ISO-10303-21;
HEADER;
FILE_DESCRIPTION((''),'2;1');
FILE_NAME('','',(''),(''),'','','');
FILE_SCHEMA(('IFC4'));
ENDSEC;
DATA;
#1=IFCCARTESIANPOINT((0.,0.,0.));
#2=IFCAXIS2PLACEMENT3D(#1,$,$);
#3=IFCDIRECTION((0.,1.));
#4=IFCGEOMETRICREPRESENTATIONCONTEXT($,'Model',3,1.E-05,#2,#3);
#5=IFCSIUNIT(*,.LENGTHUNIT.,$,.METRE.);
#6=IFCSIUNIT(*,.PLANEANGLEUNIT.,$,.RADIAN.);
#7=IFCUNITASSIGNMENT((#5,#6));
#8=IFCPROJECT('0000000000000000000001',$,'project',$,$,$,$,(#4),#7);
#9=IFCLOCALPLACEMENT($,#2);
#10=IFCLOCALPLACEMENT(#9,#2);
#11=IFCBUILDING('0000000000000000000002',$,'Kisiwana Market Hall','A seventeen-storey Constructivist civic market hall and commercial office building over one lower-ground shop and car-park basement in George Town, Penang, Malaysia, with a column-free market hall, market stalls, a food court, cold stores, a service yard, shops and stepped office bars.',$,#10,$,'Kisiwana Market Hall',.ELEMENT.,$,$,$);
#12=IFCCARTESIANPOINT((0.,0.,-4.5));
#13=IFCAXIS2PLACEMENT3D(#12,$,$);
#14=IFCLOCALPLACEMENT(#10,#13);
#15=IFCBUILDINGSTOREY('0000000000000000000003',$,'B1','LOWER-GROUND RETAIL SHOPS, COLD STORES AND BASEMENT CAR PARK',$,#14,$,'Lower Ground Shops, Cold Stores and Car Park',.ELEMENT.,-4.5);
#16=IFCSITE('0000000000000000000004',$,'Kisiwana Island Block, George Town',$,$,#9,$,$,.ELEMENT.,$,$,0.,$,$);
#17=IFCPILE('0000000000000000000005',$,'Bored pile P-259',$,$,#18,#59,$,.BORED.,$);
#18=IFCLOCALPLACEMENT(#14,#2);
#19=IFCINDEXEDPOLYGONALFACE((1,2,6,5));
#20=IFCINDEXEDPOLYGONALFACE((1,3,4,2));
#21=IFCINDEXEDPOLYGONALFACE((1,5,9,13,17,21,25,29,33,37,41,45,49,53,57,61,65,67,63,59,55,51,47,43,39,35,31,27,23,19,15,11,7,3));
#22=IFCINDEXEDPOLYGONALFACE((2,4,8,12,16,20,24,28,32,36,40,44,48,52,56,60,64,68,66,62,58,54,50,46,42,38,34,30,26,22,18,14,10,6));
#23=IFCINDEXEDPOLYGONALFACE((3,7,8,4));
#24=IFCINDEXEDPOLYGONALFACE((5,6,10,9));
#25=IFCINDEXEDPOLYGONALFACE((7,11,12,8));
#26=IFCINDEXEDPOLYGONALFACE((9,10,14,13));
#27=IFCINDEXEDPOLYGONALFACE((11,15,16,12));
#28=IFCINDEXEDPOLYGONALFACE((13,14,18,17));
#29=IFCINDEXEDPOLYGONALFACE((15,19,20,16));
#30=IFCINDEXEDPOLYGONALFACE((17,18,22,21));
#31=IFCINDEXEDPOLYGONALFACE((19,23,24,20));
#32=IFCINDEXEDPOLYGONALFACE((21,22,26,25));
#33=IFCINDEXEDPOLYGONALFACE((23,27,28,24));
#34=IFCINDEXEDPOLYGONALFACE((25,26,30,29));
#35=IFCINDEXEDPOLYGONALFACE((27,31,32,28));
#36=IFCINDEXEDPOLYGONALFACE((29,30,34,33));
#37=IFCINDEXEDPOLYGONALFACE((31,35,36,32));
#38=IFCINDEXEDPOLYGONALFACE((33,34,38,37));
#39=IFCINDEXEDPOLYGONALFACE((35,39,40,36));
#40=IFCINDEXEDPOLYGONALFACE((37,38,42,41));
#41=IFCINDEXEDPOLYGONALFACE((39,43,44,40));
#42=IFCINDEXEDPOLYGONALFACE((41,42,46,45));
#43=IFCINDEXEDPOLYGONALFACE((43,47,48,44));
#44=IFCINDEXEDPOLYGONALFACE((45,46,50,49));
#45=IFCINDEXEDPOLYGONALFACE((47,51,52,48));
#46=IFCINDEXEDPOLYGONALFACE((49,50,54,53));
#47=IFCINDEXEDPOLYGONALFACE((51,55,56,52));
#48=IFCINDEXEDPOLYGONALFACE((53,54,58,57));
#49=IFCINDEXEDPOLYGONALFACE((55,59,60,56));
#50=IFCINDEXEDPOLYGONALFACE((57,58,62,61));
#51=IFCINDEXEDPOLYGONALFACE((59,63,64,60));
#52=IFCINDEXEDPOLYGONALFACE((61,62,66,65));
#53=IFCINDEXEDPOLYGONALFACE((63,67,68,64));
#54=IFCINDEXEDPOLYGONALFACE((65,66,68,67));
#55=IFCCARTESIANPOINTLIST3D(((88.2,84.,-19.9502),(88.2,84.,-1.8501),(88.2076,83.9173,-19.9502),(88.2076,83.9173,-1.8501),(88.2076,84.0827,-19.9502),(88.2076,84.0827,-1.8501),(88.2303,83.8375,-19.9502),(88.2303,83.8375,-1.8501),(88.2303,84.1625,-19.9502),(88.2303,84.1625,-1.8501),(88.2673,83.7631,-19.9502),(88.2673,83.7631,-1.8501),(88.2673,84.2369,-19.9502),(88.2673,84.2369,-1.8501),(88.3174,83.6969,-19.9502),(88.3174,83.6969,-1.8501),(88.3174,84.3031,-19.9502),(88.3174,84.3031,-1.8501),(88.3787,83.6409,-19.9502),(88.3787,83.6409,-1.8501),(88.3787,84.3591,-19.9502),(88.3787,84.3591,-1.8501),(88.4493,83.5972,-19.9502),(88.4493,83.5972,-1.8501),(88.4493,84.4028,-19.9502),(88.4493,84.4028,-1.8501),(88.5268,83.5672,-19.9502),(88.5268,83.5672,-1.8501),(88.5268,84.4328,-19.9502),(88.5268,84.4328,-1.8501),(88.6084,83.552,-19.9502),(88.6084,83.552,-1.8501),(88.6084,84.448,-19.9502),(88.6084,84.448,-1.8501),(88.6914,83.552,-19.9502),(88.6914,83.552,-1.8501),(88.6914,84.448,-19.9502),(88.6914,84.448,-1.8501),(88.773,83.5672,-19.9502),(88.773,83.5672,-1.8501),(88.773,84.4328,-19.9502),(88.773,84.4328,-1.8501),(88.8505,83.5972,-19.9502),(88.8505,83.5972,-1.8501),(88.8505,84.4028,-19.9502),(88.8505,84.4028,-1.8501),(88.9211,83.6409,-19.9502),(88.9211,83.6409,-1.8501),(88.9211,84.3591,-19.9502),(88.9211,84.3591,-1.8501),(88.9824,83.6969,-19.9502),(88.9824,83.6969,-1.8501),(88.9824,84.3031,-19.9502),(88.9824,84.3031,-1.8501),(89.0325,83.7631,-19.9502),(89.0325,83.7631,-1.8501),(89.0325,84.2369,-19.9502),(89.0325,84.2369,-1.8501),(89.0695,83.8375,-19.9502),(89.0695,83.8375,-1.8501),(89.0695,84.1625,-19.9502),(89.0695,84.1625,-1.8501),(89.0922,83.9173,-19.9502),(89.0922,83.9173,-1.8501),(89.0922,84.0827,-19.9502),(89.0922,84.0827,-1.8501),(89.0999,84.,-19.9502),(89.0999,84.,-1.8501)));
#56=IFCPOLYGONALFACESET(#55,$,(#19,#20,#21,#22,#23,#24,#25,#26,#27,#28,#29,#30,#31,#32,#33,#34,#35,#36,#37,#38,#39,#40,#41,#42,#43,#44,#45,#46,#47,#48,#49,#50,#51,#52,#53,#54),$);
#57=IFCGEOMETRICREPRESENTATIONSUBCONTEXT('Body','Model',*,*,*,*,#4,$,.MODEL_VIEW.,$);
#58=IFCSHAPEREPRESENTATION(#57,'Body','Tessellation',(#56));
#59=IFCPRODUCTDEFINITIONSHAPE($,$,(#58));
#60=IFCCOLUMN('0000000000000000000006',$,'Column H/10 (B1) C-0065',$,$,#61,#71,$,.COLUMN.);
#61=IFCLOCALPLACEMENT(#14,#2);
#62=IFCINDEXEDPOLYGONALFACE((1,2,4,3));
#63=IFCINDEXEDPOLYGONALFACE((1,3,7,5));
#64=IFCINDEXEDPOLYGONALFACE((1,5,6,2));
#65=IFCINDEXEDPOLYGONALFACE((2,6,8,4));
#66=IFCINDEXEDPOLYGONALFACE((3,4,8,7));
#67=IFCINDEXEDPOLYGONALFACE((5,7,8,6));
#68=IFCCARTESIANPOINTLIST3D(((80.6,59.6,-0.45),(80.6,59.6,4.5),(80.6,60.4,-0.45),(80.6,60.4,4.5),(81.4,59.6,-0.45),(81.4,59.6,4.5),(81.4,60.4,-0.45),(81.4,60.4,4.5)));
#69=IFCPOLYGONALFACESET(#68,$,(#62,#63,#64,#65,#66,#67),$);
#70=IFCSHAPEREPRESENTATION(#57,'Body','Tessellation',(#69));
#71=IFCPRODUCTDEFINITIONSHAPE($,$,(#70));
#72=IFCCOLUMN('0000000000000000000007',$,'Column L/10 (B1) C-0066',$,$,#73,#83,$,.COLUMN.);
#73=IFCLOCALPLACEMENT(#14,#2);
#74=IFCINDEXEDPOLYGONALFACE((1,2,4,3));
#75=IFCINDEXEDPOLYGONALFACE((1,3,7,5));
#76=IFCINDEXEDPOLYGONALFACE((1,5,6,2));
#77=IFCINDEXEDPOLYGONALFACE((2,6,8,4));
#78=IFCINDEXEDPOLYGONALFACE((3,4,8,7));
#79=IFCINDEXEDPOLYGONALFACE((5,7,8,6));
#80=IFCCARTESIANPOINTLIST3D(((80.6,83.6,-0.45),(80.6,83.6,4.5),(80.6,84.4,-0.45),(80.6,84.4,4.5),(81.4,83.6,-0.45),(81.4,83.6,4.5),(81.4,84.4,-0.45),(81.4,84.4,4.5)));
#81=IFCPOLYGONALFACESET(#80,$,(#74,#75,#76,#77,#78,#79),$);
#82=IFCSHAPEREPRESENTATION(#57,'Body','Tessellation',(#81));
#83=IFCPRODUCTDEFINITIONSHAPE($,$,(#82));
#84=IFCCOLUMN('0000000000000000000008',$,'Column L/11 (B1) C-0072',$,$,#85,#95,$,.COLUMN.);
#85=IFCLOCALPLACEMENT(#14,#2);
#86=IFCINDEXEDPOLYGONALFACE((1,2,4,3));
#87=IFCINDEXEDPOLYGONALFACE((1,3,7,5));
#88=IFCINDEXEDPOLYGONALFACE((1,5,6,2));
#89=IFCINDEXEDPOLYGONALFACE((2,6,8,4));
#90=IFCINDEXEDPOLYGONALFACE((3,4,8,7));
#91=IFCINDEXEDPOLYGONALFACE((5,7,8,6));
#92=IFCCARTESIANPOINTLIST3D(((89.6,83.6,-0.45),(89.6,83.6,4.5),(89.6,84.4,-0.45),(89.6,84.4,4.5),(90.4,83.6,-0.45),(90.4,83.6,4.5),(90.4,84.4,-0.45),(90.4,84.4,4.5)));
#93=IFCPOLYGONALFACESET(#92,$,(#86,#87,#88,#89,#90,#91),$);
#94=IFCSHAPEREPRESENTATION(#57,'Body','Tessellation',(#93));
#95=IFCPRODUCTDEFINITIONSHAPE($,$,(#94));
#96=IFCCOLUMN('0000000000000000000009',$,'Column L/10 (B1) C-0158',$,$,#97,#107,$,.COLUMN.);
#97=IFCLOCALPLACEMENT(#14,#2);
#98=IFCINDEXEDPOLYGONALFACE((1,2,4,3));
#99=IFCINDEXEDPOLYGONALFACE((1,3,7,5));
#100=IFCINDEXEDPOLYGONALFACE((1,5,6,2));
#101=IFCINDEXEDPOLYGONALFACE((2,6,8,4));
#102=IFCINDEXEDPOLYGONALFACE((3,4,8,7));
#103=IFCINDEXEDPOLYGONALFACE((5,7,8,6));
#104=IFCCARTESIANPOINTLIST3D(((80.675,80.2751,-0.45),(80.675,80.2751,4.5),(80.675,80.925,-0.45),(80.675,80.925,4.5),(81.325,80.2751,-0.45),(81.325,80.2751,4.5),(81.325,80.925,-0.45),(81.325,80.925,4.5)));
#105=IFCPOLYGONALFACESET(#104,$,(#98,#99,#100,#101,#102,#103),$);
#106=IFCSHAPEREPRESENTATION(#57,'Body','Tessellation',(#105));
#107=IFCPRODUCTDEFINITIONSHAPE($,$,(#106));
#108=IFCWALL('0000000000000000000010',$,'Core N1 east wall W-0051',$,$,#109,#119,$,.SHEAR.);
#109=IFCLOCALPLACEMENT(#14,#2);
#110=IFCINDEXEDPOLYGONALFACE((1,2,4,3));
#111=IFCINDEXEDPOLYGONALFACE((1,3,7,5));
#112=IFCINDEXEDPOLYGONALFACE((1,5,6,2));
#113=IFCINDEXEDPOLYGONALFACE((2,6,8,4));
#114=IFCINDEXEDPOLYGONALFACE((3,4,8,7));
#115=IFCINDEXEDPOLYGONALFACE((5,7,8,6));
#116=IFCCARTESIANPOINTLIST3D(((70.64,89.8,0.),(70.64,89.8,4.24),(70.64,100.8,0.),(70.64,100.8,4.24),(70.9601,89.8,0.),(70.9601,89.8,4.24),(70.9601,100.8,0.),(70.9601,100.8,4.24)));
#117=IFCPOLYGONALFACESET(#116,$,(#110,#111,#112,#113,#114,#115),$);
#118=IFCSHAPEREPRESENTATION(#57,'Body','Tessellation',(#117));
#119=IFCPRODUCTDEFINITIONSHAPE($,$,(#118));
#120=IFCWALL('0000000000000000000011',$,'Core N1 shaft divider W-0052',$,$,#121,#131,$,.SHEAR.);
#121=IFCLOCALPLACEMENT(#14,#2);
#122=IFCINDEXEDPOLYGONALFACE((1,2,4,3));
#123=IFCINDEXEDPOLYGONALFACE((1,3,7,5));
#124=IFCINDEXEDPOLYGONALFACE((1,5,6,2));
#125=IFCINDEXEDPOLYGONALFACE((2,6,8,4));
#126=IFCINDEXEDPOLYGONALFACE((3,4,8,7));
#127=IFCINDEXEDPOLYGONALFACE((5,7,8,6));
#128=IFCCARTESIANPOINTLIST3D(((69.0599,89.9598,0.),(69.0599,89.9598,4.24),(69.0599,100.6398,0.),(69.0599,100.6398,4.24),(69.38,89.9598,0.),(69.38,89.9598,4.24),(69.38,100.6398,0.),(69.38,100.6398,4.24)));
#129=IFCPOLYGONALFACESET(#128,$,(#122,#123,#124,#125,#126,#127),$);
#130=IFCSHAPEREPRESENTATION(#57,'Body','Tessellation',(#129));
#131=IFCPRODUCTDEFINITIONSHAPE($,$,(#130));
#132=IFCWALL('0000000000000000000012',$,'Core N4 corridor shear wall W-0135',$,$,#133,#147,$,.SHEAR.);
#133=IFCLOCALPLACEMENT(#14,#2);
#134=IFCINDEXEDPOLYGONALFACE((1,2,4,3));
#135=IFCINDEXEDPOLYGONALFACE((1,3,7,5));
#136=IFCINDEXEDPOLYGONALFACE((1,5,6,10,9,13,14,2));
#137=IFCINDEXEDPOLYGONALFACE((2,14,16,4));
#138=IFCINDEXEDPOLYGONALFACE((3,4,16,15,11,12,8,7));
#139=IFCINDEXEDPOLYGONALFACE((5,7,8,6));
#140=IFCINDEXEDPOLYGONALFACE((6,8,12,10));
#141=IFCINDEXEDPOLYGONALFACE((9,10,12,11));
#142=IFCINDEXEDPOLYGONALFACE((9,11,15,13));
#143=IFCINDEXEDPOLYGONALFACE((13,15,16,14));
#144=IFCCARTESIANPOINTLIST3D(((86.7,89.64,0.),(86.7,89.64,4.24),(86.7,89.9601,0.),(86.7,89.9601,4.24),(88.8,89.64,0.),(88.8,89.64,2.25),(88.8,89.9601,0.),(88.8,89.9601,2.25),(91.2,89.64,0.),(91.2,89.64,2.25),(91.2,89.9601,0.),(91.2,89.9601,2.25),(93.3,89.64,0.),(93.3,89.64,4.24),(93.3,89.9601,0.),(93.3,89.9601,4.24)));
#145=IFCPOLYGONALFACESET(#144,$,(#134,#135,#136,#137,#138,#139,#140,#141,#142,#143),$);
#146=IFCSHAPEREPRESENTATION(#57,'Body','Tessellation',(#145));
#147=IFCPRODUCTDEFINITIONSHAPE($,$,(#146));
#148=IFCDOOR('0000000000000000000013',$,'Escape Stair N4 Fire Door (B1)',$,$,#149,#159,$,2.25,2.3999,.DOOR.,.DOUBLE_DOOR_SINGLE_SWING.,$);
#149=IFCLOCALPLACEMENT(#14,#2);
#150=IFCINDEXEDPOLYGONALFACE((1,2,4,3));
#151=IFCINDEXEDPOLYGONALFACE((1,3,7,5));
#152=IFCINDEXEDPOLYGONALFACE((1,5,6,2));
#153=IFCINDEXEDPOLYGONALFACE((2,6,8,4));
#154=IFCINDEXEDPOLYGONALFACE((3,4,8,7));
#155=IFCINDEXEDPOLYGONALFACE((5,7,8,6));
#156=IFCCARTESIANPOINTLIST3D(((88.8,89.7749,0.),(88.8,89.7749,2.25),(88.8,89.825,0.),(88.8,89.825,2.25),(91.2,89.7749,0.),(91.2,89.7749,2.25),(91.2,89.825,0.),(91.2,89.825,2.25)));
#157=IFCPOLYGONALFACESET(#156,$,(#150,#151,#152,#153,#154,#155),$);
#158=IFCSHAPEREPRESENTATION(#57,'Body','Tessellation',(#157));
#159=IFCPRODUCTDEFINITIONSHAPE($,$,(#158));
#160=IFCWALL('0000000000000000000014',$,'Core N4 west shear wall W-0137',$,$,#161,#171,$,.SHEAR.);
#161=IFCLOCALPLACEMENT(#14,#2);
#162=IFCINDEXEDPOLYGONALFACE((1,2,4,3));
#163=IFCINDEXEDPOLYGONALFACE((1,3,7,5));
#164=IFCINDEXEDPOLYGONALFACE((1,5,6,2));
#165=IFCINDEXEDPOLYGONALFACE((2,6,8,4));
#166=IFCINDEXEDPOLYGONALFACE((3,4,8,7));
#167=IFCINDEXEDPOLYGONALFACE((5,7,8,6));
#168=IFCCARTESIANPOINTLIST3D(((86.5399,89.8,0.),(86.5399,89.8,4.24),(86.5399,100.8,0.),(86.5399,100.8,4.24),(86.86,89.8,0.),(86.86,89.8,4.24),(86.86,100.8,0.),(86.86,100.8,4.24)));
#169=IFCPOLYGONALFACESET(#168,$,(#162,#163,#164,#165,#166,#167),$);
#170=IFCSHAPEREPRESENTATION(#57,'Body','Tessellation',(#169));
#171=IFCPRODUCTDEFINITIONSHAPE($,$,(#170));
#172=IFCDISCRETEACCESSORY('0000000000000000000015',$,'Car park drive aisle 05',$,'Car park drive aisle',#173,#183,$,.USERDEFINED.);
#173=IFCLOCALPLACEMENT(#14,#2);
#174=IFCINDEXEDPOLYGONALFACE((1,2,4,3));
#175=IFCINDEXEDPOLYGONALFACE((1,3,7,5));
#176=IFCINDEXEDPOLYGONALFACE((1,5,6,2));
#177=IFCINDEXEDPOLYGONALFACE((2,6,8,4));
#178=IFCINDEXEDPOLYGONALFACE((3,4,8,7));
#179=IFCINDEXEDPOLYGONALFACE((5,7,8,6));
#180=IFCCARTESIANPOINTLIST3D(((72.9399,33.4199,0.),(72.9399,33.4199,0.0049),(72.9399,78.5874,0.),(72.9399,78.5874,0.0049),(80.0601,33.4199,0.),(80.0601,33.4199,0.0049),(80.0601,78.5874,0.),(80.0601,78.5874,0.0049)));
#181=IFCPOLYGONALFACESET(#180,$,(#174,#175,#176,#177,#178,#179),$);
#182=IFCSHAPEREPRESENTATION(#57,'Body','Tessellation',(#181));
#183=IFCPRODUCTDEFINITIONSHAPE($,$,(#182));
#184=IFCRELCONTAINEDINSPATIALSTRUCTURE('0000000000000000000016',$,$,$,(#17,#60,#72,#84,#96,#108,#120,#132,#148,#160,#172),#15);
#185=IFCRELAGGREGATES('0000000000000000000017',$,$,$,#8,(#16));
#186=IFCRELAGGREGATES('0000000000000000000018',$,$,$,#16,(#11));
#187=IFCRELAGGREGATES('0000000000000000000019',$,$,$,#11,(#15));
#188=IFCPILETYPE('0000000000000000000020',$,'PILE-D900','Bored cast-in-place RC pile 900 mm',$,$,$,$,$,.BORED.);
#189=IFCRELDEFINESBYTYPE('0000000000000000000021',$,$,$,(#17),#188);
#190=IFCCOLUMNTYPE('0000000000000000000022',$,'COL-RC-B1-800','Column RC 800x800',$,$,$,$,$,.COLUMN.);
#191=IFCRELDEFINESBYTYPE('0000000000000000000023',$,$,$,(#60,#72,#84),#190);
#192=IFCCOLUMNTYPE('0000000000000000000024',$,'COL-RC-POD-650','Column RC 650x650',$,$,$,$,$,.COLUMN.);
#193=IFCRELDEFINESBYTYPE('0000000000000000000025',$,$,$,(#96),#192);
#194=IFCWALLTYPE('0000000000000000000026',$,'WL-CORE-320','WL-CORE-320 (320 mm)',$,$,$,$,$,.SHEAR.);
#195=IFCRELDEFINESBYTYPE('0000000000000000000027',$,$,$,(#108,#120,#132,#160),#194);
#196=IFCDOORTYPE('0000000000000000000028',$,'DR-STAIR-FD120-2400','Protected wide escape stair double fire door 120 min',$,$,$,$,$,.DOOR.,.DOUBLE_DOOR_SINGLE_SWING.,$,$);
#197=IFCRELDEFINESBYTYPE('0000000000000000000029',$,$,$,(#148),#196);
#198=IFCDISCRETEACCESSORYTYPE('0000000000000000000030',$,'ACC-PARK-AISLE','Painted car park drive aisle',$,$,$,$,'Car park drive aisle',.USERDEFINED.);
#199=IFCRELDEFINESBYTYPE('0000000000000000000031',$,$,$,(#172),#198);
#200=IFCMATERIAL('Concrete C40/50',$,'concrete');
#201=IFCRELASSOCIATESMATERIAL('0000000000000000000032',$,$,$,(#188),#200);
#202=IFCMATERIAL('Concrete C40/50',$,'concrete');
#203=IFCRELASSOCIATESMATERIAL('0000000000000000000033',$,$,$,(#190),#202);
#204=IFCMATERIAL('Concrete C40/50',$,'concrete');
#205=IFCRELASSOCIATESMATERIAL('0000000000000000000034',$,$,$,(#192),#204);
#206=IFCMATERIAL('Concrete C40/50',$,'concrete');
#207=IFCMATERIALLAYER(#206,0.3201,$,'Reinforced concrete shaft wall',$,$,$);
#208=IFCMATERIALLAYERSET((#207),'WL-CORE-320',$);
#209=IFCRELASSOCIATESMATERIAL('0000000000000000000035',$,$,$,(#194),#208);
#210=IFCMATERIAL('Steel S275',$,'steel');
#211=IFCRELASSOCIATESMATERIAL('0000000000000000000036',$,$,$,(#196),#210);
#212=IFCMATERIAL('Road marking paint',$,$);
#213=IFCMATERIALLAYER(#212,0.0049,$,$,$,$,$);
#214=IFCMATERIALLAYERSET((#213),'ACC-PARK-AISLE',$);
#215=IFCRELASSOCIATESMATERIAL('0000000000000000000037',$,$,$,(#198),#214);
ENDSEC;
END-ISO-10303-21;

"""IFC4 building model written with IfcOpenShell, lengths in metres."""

from ifc_helpers import new_model, si_unit, direction, frame, frame_2d, origin, origin_2d, place, context, subcontext, project, spatial, rectangle, circle, extrude, material, layer, layer_set, material_profile, profile_set, type_object, element, fill, save


model = new_model("IFC4")

# Units and contexts
model_context = context("Model", 3, precision=1e-05, world=origin(), true_north=direction((0.0, 1.0)))
body_context = subcontext(model_context, "Body", "Model", "MODEL_VIEW")
ifc_project = project(units=[si_unit("LENGTHUNIT", "METRE"), si_unit("PLANEANGLEUNIT", "RADIAN")], contexts=[model_context])

# Site, building, storey
site_placement = place(None, origin())
site = spatial("IfcSite", under=ifc_project, at=site_placement, Name="Kisiwana Island Block, George Town", CompositionType="ELEMENT", RefElevation=0.0)
building_placement = place(site_placement, origin())
building = spatial("IfcBuilding", under=site, at=building_placement, Name="Kisiwana Market Hall", Description="A seventeen-storey Constructivist civic market hall and commercial office building over one lower-ground shop and car-park basement in George Town, Penang, Malaysia, with a column-free market hall, market stalls, a food court, cold stores, a service yard, shops and stepped office bars.", LongName="Kisiwana Market Hall", CompositionType="ELEMENT")
storey_placement = place(building_placement, frame((0.0, 0.0, -4.5)))
storey = spatial("IfcBuildingStorey", under=building, at=storey_placement, Name="B1", Description="LOWER-GROUND RETAIL SHOPS, COLD STORES AND BASEMENT CAR PARK", LongName="Lower Ground Shops, Cold Stores and Car Park", CompositionType="ELEMENT", Elevation=-4.5)

# Pile
ifc_material_1 = material(Name="Concrete C40/50", Category="concrete")
ifc_material_profile_1 = material_profile(ifc_material_1, circle(Radius=0.45, at=origin_2d()), Name="BP D900")
ifc_profile_set_1 = profile_set([ifc_material_profile_1], Name="Concrete C40/50")
pile_type_1 = type_object("IfcPileType", Name="PILE-D900", Description="Bored cast-in-place RC pile 900 mm", PredefinedType="BORED", material=ifc_profile_set_1)
for number, where, z_axis, x_axis, name in (
    (1, (88.6499, 84.0, -1.8501), (0.0, 0.0, -1.0), (1.0, 0.0, 0.0), "Bored pile P-259"),
):
    element("IfcPile", number, at=place(storey_placement, frame(where, z_axis=z_axis, x_axis=x_axis)), inside=storey, type_object=pile_type_1, Name=name, PredefinedType="BORED", context=body_context, shape_type="SweptSolid", body=[
        extrude(circle(Radius=0.45, at=origin_2d()), origin(), (0.0, 0.0, 1.0), 18.1001),
    ])

# Columns
ifc_material_2 = material(Name="Concrete C40/50", Category="concrete")
ifc_material_profile_2 = material_profile(ifc_material_2, rectangle(XDim=0.8, YDim=0.8, at=origin_2d()), Name="RC 800x800")
ifc_profile_set_2 = profile_set([ifc_material_profile_2], Name="Concrete C40/50")
column_type_1 = type_object("IfcColumnType", Name="COL-RC-B1-800", Description="Column RC 800x800", PredefinedType="COLUMN", material=ifc_profile_set_2)
for number, where, z_axis, x_axis, name in (
    (2, (81.0, 60.0, -0.45), (0.0, 0.0, 1.0), (1.0, 0.0, 0.0), "Column H/10 (B1) C-0065"),
    (3, (81.0, 84.0, -0.45), (0.0, 0.0, 1.0), (1.0, 0.0, 0.0), "Column L/10 (B1) C-0066"),
    (4, (90.0, 84.0, -0.45), (0.0, 0.0, 1.0), (1.0, 0.0, 0.0), "Column L/11 (B1) C-0072"),
):
    element("IfcColumn", number, at=place(storey_placement, frame(where, z_axis=z_axis, x_axis=x_axis)), inside=storey, type_object=column_type_1, Name=name, PredefinedType="COLUMN", context=body_context, shape_type="SweptSolid", body=[
        extrude(rectangle(XDim=0.8, YDim=0.8, at=origin_2d()), origin(), (0.0, 0.0, 1.0), 4.95),
    ])
ifc_material_3 = material(Name="Concrete C40/50", Category="concrete")
ifc_material_profile_3 = material_profile(ifc_material_3, rectangle(XDim=0.6499, YDim=0.6499, at=origin_2d()), Name="RC 650x650")
ifc_profile_set_3 = profile_set([ifc_material_profile_3], Name="Concrete C40/50")
column_type_2 = type_object("IfcColumnType", Name="COL-RC-POD-650", Description="Column RC 650x650", PredefinedType="COLUMN", material=ifc_profile_set_3)
column_placement = place(storey_placement, frame((81.0, 80.6001, -0.45), z_axis=(0.0, 0.0, 1.0), x_axis=(1.0, 0.0, 0.0)))
element("IfcColumn", 5, at=column_placement, inside=storey, type_object=column_type_2, Name="Column L/10 (B1) C-0158", PredefinedType="COLUMN", context=body_context, shape_type="SweptSolid", body=[
    extrude(rectangle(XDim=0.6499, YDim=0.6499, at=origin_2d()), origin(), (0.0, 0.0, 1.0), 4.95),
])

# Walls
ifc_material_4 = material(Name="Concrete C40/50", Category="concrete")
ifc_layer_1 = layer(ifc_material_4, 0.3201, Name="Reinforced concrete shaft wall")
ifc_layer_set_1 = layer_set([ifc_layer_1], Name="WL-CORE-320")
wall_type = type_object("IfcWallType", Name="WL-CORE-320", Description="WL-CORE-320 (320 mm)", PredefinedType="SHEAR", material=ifc_layer_set_1)
wall_1_placement = place(storey_placement, frame((70.8, 89.8, 0.0), z_axis=(0.0, 0.0, 1.0), x_axis=(0.0, 1.0, 0.0)))
element("IfcWall", 6, at=wall_1_placement, inside=storey, type_object=wall_type, Name="Core N1 east wall W-0051", PredefinedType="SHEAR", context=body_context, shape_type="SweptSolid", body=[
    extrude(rectangle(XDim=11.0, YDim=0.3201, at=frame_2d((5.5, 0.0))), origin(), (0.0, 0.0, 1.0), 4.24),
])
wall_2_placement = place(storey_placement, frame((69.22, 89.96, 0.0), z_axis=(0.0, 0.0, 1.0), x_axis=(0.0, 1.0, 0.0)))
element("IfcWall", 7, at=wall_2_placement, inside=storey, type_object=wall_type, Name="Core N1 shaft divider W-0052", PredefinedType="SHEAR", context=body_context, shape_type="SweptSolid", body=[
    extrude(rectangle(XDim=10.6799, YDim=0.3201, at=frame_2d((5.3398, 0.0))), origin(), (0.0, 0.0, 1.0), 4.24),
])

# Wall, opening, door
wall_3_placement = place(storey_placement, frame((86.7, 89.8, 0.0), z_axis=(0.0, 0.0, 1.0), x_axis=(1.0, 0.0, 0.0)))
wall_3 = element("IfcWall", 8, at=wall_3_placement, inside=storey, type_object=wall_type, Name="Core N4 corridor shear wall W-0135", PredefinedType="SHEAR", context=body_context, shape_type="SweptSolid", body=[
    extrude(rectangle(XDim=6.6001, YDim=0.3201, at=frame_2d((3.3, 0.0))), origin(), (0.0, 0.0, 1.0), 4.24),
])
opening_placement = place(wall_3_placement, frame((2.1001, 0.0, 0.0)))
opening = element("IfcOpeningElement", 9, at=opening_placement, cuts=wall_3, PredefinedType="OPENING", context=body_context, shape_type="SweptSolid", body=[
    extrude(rectangle(XDim=2.3999, YDim=2.25, at=frame_2d((1.2, 1.125))), frame((0.0, 0.1719, 0.0), z_axis=(0.0, -1.0, 0.0), x_axis=(1.0, 0.0, 0.0)), (0.0, 0.0, 1.0), 0.344),
])
ifc_material_5 = material(Name="Steel S275", Category="steel")
door_type = type_object("IfcDoorType", Name="DR-STAIR-FD120-2400", Description="Protected wide escape stair double fire door 120 min", OperationType="DOUBLE_DOOR_SINGLE_SWING", PredefinedType="DOOR", material=ifc_material_5)
door_placement = place(opening_placement, origin())
door = element("IfcDoor", 10, at=door_placement, inside=storey, type_object=door_type, Name="Escape Stair N4 Fire Door (B1)", OperationType="DOUBLE_DOOR_SINGLE_SWING", OverallHeight=2.25, OverallWidth=2.3999, PredefinedType="DOOR", context=body_context, shape_type="SweptSolid", body=[
    extrude(rectangle(XDim=2.3999, YDim=2.25, at=frame_2d((1.2, 1.125))), frame((0.0, 0.0249, 0.0), z_axis=(0.0, -1.0, 0.0), x_axis=(1.0, 0.0, 0.0)), (0.0, 0.0, 1.0), 0.05),
])
fill(opening, door)

# Wall
wall_4_placement = place(storey_placement, frame((86.7, 89.8, 0.0), z_axis=(0.0, 0.0, 1.0), x_axis=(0.0, 1.0, 0.0)))
element("IfcWall", 11, at=wall_4_placement, inside=storey, type_object=wall_type, Name="Core N4 west shear wall W-0137", PredefinedType="SHEAR", context=body_context, shape_type="SweptSolid", body=[
    extrude(rectangle(XDim=11.0, YDim=0.3201, at=frame_2d((5.5, 0.0))), origin(), (0.0, 0.0, 1.0), 4.24),
])

# Discrete accessory
ifc_material_6 = material(Name="Road marking paint")
ifc_layer_2 = layer(ifc_material_6, 0.0049)
ifc_layer_set_2 = layer_set([ifc_layer_2], Name="ACC-PARK-AISLE")
discrete_accessory_type_1 = type_object("IfcDiscreteAccessoryType", Name="ACC-PARK-AISLE", Description="Painted car park drive aisle", ElementType="Car park drive aisle", PredefinedType="USERDEFINED", material=ifc_layer_set_2)
discrete_accessory_placement = place(storey_placement, frame((76.5, 56.0037, 0.0), z_axis=(0.0, 0.0, 1.0), x_axis=(1.0, 0.0, 0.0)))
element("IfcDiscreteAccessory", 12, at=discrete_accessory_placement, inside=storey, type_object=discrete_accessory_type_1, Name="Car park drive aisle 05", ObjectType="Car park drive aisle", PredefinedType="USERDEFINED", context=body_context, shape_type="SweptSolid", body=[
    extrude(rectangle(XDim=7.1201, YDim=45.1675, at=origin_2d()), origin(), (0.0, 0.0, 1.0), 0.0049),
])

save(model, "model.ifc")
